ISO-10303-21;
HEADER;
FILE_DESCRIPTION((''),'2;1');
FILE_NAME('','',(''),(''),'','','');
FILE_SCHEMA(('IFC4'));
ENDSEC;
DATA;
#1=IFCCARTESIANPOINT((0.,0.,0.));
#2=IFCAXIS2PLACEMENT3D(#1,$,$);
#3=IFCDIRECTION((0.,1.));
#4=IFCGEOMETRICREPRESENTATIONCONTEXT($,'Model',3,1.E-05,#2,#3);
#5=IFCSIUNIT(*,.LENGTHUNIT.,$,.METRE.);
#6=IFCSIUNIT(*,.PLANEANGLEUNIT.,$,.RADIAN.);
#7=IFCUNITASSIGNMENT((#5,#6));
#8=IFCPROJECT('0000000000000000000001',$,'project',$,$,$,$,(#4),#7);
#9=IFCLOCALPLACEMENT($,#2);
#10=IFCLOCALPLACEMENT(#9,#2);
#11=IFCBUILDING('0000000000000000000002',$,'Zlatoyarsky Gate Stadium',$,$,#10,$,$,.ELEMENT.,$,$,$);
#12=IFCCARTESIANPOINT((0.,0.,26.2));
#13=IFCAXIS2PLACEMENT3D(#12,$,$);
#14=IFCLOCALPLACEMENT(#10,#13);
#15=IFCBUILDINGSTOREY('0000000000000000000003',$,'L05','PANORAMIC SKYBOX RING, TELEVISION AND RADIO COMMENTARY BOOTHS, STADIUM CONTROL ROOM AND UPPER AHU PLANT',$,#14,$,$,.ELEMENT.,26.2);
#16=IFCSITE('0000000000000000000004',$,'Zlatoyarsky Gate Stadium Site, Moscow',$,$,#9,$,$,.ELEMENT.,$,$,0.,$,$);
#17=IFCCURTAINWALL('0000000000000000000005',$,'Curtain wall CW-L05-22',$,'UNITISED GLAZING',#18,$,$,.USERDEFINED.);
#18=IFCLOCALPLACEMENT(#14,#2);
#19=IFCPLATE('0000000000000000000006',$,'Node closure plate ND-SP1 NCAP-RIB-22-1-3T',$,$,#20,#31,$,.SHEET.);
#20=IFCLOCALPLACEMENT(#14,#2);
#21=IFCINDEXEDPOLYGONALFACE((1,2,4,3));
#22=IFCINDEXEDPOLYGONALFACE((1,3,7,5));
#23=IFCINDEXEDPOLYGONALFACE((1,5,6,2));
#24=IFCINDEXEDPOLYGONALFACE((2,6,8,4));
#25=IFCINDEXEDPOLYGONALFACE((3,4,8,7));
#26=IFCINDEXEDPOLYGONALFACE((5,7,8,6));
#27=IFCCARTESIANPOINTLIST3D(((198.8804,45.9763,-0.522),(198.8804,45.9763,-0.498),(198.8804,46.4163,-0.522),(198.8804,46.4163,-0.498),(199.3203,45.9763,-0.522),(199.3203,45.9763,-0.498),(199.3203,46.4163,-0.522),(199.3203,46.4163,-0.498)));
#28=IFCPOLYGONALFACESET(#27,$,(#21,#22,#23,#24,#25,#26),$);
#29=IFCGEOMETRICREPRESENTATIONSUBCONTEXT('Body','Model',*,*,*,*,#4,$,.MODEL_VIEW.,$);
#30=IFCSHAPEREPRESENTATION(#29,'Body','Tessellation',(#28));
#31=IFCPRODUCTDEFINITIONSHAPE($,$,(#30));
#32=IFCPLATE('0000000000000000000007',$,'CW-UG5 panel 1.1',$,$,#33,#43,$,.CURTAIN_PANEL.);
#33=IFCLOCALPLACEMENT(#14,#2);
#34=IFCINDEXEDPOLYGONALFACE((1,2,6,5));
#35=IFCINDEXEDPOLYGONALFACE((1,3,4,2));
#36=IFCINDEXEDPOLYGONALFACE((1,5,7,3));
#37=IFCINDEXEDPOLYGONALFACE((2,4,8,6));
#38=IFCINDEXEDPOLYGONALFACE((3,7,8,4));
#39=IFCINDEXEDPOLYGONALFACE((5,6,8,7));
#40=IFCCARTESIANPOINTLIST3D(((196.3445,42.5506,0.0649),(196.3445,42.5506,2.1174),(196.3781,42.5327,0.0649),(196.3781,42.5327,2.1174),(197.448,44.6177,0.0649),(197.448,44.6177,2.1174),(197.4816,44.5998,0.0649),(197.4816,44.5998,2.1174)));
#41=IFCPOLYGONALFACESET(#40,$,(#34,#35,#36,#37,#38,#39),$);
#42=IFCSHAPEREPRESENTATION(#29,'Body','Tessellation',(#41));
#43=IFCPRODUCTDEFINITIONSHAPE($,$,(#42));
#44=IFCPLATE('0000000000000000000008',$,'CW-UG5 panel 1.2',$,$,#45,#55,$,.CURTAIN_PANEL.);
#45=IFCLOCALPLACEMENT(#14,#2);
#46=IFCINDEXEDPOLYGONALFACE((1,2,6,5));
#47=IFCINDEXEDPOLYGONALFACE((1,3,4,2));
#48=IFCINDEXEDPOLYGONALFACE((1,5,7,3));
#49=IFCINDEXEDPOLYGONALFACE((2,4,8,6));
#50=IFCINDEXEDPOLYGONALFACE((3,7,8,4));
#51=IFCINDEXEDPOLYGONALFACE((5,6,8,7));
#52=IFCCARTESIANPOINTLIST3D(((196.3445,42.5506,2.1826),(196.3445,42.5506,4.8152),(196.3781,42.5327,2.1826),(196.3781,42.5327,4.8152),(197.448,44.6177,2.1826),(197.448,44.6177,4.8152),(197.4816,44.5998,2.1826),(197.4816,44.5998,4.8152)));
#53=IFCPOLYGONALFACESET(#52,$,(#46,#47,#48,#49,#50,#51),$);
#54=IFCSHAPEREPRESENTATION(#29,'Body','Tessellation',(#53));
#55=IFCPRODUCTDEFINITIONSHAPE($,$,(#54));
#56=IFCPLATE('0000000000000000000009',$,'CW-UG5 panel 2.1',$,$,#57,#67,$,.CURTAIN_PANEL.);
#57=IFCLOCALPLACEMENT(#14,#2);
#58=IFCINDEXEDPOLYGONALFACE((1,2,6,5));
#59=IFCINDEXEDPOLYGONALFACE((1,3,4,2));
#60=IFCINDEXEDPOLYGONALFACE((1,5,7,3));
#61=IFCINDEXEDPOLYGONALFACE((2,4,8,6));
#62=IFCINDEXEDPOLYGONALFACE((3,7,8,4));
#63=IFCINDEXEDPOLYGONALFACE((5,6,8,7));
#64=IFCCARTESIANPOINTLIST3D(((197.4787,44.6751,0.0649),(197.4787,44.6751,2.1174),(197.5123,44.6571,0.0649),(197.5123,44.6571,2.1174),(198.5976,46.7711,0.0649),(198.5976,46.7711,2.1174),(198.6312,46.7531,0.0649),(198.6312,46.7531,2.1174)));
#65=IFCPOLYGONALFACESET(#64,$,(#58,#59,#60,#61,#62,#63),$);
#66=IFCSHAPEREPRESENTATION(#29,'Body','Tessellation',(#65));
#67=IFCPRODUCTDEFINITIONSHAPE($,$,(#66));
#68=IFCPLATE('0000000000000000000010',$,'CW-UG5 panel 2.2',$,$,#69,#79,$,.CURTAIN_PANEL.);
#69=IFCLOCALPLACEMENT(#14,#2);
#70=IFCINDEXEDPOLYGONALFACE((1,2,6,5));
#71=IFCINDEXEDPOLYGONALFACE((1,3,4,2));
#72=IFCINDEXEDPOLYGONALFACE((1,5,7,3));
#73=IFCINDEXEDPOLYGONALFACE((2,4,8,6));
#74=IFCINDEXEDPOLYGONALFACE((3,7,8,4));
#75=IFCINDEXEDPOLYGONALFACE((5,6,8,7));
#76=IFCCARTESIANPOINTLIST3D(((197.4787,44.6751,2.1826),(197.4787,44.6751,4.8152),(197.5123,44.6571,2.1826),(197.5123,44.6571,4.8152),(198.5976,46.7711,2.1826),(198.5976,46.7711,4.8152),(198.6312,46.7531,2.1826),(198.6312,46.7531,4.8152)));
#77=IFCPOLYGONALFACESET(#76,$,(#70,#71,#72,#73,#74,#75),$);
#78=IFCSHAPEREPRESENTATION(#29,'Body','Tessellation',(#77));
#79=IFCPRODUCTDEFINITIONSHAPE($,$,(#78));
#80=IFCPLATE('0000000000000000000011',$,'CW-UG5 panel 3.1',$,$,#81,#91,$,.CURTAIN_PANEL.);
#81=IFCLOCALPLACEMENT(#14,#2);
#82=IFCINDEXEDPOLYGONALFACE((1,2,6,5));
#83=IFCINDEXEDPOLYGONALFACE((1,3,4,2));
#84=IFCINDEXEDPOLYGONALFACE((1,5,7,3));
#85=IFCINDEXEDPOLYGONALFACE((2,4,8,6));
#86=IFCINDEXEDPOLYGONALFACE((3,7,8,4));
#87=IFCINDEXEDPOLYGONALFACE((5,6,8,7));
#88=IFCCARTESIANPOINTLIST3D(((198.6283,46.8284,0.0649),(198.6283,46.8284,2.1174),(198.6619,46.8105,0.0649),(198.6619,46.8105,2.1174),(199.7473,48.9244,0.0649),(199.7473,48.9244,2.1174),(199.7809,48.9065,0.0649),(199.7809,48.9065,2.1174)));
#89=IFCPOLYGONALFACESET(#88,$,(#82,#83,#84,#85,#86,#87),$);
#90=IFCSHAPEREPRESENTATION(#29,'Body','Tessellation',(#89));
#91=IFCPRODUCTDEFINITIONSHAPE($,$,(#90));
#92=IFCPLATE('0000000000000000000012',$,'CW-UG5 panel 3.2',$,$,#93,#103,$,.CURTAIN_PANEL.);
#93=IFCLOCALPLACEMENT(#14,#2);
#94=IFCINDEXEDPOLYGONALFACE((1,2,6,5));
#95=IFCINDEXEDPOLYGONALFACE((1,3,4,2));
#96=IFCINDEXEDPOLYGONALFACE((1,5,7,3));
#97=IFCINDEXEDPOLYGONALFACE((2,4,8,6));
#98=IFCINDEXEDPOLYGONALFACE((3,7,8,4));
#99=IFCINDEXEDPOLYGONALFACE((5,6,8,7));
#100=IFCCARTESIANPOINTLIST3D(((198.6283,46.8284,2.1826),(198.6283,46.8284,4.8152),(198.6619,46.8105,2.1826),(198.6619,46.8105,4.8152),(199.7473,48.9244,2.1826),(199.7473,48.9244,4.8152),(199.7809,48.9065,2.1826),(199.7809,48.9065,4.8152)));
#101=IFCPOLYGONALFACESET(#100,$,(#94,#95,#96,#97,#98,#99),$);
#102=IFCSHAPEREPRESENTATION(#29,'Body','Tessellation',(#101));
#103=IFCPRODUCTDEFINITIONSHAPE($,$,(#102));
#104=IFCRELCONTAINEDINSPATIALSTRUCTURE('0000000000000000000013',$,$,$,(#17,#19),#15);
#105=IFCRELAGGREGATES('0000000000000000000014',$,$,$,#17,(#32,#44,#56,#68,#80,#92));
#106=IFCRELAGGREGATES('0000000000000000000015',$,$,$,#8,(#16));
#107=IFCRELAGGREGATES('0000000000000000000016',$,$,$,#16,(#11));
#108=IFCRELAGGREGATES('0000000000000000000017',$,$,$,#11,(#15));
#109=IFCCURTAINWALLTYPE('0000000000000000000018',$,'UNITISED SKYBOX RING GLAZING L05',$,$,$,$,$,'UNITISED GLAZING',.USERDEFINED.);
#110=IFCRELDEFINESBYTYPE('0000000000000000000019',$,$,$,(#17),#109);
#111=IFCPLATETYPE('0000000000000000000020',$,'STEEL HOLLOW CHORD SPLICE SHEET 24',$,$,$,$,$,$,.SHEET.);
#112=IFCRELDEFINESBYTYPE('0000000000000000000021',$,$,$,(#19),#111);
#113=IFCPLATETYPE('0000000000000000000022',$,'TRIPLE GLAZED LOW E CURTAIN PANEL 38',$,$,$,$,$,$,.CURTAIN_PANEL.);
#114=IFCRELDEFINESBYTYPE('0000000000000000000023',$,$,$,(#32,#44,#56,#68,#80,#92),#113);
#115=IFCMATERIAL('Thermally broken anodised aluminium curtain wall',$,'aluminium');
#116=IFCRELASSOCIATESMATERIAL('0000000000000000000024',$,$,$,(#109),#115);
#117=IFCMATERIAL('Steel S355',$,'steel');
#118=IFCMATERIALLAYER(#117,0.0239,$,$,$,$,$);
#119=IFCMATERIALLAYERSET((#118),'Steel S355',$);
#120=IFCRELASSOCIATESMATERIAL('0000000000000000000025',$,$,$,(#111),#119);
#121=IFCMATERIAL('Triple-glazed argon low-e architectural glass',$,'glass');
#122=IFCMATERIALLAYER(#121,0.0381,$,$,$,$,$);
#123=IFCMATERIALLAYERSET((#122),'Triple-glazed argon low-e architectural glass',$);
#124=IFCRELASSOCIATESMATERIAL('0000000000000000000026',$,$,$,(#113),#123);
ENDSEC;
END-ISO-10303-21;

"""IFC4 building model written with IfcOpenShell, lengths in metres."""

from ifc_helpers import new_model, si_unit, direction, frame, origin, origin_2d, place, context, subcontext, project, spatial, rectangle, extrude, material, layer, layer_set, type_object, element, aggregate, save


model = new_model("IFC4")

# Units and contexts
model_context = context("Model", 3, precision=1e-05, world=origin(), true_north=direction((0.0, 1.0)))
body_context = subcontext(model_context, "Body", "Model", "MODEL_VIEW")
ifc_project = project(units=[si_unit("LENGTHUNIT", "METRE"), si_unit("PLANEANGLEUNIT", "RADIAN")], contexts=[model_context])

# Site, building, storey
site_placement = place(None, origin())
site = spatial("IfcSite", under=ifc_project, at=site_placement, Name="Zlatoyarsky Gate Stadium Site, Moscow", CompositionType="ELEMENT", RefElevation=0.0)
building_placement = place(site_placement, origin())
building = spatial("IfcBuilding", under=site, at=building_placement, Name="Zlatoyarsky Gate Stadium", CompositionType="ELEMENT")
storey_placement = place(building_placement, frame((0.0, 0.0, 26.2)))
storey = spatial("IfcBuildingStorey", under=building, at=storey_placement, Name="L05", Description="PANORAMIC SKYBOX RING, TELEVISION AND RADIO COMMENTARY BOOTHS, STADIUM CONTROL ROOM AND UPPER AHU PLANT", CompositionType="ELEMENT", Elevation=26.2)

# Shared definitions
ifc_material_1 = material(Name="Thermally broken anodised aluminium curtain wall", Category="aluminium")
curtain_wall_type = type_object("IfcCurtainWallType", Name="UNITISED SKYBOX RING GLAZING L05", ElementType="UNITISED GLAZING", PredefinedType="USERDEFINED", material=ifc_material_1)

# Curtain wall
curtain_wall_1_placement = place(storey_placement, origin())
curtain_wall_1 = element("IfcCurtainWall", 1, at=curtain_wall_1_placement, inside=storey, type_object=curtain_wall_type, Name="Curtain wall CW-L05-22", ObjectType="UNITISED GLAZING", PredefinedType="USERDEFINED")

# Shared definitions
ifc_material_2 = material(Name="Steel S355", Category="steel")

# Plate
ifc_layer_1 = layer(ifc_material_2, 0.0239)
ifc_layer_set_1 = layer_set([ifc_layer_1], Name="Steel S355")
plate_type_1 = type_object("IfcPlateType", Name="STEEL HOLLOW CHORD SPLICE SHEET 24", PredefinedType="SHEET", material=ifc_layer_set_1)
plate_1_placement = place(storey_placement, frame((199.1003, 46.1963, -0.522), z_axis=(0.0, 0.0, 1.0), x_axis=(1.0, 0.0, 0.0)))
element("IfcPlate", 2, at=plate_1_placement, inside=storey, type_object=plate_type_1, Name="Node closure plate ND-SP1 NCAP-RIB-22-1-3T", PredefinedType="SHEET", context=body_context, shape_type="SweptSolid", body=[
    extrude(rectangle(XDim=0.4399, YDim=0.4399, at=origin_2d()), origin(), (0.0, 0.0, 1.0), 0.0239),
])

# Plates
ifc_material_3 = material(Name="Triple-glazed argon low-e architectural glass", Category="glass")
ifc_layer_2 = layer(ifc_material_3, 0.0381)
ifc_layer_set_2 = layer_set([ifc_layer_2], Name="Triple-glazed argon low-e architectural glass")
plate_type_2 = type_object("IfcPlateType", Name="TRIPLE GLAZED LOW E CURTAIN PANEL 38", PredefinedType="CURTAIN_PANEL", material=ifc_layer_set_2)
plate_2_placement = place(storey_placement, frame((196.9131, 43.5752, 0.0649), z_axis=(0.0, 0.0, 1.0), x_axis=(0.470935, 0.882168, 0.0)))
plate_2 = element("IfcPlate", 3, at=plate_2_placement, type_object=plate_type_2, Name="CW-UG5 panel 1.1", PredefinedType="CURTAIN_PANEL", context=body_context, shape_type="SweptSolid", body=[
    extrude(rectangle(XDim=2.3433, YDim=0.0381, at=origin_2d()), origin(), (0.0, 0.0, 1.0), 2.0525),
])
plate_3_placement = place(storey_placement, frame((196.9131, 43.5752, 2.1826), z_axis=(0.0, 0.0, 1.0), x_axis=(0.470935, 0.882168, 0.0)))
plate_3 = element("IfcPlate", 4, at=plate_3_placement, type_object=plate_type_2, Name="CW-UG5 panel 1.2", PredefinedType="CURTAIN_PANEL", context=body_context, shape_type="SweptSolid", body=[
    extrude(rectangle(XDim=2.3433, YDim=0.0381, at=origin_2d()), origin(), (0.0, 0.0, 1.0), 2.6326),
])
plate_4_placement = place(storey_placement, frame((198.0549, 45.7141, 0.0649), z_axis=(0.0, 0.0, 1.0), x_axis=(0.470935, 0.882168, 0.0)))
plate_4 = element("IfcPlate", 5, at=plate_4_placement, type_object=plate_type_2, Name="CW-UG5 panel 2.1", PredefinedType="CURTAIN_PANEL", context=body_context, shape_type="SweptSolid", body=[
    extrude(rectangle(XDim=2.376, YDim=0.0381, at=origin_2d()), origin(), (0.0, 0.0, 1.0), 2.0525),
])
plate_5_placement = place(storey_placement, frame((198.0549, 45.7141, 2.1826), z_axis=(0.0, 0.0, 1.0), x_axis=(0.470935, 0.882168, 0.0)))
plate_5 = element("IfcPlate", 6, at=plate_5_placement, type_object=plate_type_2, Name="CW-UG5 panel 2.2", PredefinedType="CURTAIN_PANEL", context=body_context, shape_type="SweptSolid", body=[
    extrude(rectangle(XDim=2.376, YDim=0.0381, at=origin_2d()), origin(), (0.0, 0.0, 1.0), 2.6326),
])
plate_6_placement = place(storey_placement, frame((199.2046, 47.8674, 0.0649), z_axis=(0.0, 0.0, 1.0), x_axis=(0.470935, 0.882168, 0.0)))
plate_6 = element("IfcPlate", 7, at=plate_6_placement, type_object=plate_type_2, Name="CW-UG5 panel 3.1", PredefinedType="CURTAIN_PANEL", context=body_context, shape_type="SweptSolid", body=[
    extrude(rectangle(XDim=2.376, YDim=0.0381, at=origin_2d()), origin(), (0.0, 0.0, 1.0), 2.0525),
])
plate_7_placement = place(storey_placement, frame((199.2046, 47.8674, 2.1826), z_axis=(0.0, 0.0, 1.0), x_axis=(0.470935, 0.882168, 0.0)))
plate_7 = element("IfcPlate", 8, at=plate_7_placement, type_object=plate_type_2, Name="CW-UG5 panel 3.2", PredefinedType="CURTAIN_PANEL", context=body_context, shape_type="SweptSolid", body=[
    extrude(rectangle(XDim=2.376, YDim=0.0381, at=origin_2d()), origin(), (0.0, 0.0, 1.0), 2.6326),
])
aggregate(curtain_wall_1, [plate_2, plate_3, plate_4, plate_5, plate_6, plate_7])

save(model, "model.ifc")
